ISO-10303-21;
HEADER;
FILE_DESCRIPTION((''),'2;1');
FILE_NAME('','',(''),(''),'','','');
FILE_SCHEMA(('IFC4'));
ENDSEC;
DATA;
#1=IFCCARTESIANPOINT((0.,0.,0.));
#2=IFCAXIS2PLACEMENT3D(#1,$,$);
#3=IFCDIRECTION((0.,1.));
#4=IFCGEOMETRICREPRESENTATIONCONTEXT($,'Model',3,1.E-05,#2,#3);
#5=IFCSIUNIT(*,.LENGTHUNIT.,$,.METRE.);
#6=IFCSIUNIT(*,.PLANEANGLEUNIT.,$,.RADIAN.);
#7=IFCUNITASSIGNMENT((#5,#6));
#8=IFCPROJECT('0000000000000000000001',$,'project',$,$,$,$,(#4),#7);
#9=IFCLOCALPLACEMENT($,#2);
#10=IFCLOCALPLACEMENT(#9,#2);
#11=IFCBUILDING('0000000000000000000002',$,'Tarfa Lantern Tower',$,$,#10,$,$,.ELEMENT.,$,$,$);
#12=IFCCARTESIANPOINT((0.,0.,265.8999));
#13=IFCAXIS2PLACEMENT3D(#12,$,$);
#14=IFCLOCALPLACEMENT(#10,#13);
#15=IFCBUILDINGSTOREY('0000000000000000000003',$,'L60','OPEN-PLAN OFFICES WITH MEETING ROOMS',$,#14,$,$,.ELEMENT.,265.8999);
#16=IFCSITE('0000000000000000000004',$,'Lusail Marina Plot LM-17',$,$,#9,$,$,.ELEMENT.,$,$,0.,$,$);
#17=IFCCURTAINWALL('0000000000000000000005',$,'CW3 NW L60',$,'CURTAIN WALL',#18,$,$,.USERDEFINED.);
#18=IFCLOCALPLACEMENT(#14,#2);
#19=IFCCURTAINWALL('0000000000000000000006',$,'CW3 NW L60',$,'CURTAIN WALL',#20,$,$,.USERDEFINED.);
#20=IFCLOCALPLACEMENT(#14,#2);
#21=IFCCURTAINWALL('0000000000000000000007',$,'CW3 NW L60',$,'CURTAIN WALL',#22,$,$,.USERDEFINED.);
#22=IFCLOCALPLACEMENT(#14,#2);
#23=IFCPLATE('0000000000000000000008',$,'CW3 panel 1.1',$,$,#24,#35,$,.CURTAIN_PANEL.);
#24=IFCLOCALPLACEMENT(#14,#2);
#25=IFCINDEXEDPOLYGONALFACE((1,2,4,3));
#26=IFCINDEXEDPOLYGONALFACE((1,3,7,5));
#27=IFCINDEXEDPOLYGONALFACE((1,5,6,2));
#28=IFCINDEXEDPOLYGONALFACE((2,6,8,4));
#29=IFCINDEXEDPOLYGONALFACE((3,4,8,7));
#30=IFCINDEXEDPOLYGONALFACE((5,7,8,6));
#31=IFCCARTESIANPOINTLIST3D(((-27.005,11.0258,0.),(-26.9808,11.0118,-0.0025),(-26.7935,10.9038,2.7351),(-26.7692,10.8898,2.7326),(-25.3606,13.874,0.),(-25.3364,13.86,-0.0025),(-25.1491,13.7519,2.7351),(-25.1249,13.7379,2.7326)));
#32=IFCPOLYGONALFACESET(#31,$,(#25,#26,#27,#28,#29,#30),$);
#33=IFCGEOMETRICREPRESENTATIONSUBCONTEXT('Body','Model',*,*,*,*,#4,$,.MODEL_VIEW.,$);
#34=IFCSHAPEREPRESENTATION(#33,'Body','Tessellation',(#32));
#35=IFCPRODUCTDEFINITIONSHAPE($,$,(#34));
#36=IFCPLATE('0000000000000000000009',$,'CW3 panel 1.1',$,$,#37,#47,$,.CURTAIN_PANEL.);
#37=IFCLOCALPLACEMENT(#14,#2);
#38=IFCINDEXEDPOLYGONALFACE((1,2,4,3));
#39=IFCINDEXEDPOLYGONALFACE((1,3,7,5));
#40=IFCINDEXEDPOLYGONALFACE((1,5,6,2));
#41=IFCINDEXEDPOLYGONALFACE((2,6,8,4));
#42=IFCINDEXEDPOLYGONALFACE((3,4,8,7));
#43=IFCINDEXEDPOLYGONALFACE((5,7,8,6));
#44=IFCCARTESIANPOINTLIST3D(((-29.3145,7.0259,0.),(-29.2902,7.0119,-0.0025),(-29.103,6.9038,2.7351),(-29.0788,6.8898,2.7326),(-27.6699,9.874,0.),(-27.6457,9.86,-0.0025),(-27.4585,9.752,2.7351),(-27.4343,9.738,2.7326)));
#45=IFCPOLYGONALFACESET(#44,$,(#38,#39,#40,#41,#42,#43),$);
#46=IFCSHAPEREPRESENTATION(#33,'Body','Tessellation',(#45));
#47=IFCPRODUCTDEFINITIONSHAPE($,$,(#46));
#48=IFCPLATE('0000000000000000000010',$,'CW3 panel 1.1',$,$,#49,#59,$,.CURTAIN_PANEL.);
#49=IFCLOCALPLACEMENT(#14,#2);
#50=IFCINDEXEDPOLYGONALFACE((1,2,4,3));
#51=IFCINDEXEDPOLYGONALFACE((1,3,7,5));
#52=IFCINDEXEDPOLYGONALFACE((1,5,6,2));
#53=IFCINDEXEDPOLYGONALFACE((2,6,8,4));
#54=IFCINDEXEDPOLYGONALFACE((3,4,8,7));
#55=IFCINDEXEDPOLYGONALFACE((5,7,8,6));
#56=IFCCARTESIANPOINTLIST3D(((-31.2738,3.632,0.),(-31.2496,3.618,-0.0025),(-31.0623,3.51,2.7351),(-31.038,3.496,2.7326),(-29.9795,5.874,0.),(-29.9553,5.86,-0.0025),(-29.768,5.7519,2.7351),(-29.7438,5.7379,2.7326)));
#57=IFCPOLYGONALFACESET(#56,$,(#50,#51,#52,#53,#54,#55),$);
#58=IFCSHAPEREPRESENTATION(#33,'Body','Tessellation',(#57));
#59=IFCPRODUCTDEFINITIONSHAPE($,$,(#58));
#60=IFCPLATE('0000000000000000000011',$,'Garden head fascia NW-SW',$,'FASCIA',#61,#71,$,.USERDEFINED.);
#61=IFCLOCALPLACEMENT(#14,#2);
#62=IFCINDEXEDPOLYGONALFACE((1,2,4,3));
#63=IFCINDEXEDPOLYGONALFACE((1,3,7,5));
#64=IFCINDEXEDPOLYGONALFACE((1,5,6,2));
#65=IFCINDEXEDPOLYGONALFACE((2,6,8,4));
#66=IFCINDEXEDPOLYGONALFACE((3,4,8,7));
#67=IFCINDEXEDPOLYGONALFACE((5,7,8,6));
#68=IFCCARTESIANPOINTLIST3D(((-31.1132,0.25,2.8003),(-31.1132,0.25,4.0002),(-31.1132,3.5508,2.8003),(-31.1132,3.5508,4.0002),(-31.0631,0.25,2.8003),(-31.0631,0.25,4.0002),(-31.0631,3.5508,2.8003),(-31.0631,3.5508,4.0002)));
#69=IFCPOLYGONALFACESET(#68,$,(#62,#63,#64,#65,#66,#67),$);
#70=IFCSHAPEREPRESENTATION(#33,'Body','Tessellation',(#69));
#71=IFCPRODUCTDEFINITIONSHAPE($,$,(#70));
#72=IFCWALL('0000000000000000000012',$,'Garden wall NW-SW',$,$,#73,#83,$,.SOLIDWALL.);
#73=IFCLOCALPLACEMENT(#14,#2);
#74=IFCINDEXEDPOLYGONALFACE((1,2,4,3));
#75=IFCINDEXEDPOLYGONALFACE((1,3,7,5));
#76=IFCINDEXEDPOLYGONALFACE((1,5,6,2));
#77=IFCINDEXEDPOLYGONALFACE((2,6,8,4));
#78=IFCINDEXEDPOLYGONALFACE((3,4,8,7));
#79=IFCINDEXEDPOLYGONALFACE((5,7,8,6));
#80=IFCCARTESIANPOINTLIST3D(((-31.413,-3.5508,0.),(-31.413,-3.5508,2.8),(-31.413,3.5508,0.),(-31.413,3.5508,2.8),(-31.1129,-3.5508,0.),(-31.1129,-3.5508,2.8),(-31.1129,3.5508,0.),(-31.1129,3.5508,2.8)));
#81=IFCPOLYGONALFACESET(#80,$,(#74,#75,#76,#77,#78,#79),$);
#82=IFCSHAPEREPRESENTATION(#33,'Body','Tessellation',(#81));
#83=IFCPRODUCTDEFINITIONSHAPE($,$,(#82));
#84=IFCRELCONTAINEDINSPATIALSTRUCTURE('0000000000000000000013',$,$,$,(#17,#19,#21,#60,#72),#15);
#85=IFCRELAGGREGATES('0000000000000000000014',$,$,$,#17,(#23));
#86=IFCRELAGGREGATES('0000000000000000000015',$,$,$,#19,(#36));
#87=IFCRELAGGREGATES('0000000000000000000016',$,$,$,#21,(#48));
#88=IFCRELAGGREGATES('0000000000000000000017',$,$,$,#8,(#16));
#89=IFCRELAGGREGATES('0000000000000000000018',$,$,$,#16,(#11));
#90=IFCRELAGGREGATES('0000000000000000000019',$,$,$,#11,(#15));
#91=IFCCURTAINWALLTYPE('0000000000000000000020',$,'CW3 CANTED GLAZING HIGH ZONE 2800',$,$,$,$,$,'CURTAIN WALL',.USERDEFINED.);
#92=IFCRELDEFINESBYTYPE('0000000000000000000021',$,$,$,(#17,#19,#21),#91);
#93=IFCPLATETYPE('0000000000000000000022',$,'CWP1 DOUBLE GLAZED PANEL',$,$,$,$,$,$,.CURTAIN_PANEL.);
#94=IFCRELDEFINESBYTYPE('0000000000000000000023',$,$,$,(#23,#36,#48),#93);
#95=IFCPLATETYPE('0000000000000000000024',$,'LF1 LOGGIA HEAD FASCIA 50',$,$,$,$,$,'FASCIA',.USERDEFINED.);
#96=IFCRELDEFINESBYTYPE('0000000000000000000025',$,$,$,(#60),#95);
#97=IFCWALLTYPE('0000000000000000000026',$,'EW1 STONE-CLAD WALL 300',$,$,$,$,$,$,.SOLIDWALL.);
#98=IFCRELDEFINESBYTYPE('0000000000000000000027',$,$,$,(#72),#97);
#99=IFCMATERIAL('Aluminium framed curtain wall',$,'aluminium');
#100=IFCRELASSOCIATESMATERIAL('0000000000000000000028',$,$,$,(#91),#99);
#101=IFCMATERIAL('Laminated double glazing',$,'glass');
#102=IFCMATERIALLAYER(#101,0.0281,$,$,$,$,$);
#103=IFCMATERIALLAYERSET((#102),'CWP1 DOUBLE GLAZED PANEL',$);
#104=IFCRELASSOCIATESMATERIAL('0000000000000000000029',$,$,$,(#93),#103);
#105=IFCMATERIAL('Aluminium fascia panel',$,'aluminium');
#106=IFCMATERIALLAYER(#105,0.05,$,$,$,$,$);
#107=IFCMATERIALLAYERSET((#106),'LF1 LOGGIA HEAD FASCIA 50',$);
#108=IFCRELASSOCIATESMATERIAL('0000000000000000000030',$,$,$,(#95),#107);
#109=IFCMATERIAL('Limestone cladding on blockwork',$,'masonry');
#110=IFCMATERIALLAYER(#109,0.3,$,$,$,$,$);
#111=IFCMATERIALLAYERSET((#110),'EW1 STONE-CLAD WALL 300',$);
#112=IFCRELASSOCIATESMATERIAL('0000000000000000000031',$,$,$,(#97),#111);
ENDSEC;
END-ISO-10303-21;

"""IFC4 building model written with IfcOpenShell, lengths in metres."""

from ifc_helpers import new_model, si_unit, direction, frame, frame_2d, origin, origin_2d, place, context, subcontext, project, spatial, polyline, rectangle, outline, extrude, material, layer, layer_set, type_object, element, aggregate, save


model = new_model("IFC4")

# Units and contexts
model_context = context("Model", 3, precision=1e-05, world=origin(), true_north=direction((0.0, 1.0)))
body_context = subcontext(model_context, "Body", "Model", "MODEL_VIEW")
ifc_project = project(units=[si_unit("LENGTHUNIT", "METRE"), si_unit("PLANEANGLEUNIT", "RADIAN")], contexts=[model_context])

# Site, building, storey
site_placement = place(None, origin())
site = spatial("IfcSite", under=ifc_project, at=site_placement, Name="Lusail Marina Plot LM-17", CompositionType="ELEMENT", RefElevation=0.0)
building_placement = place(site_placement, origin())
building = spatial("IfcBuilding", under=site, at=building_placement, Name="Tarfa Lantern Tower", CompositionType="ELEMENT")
storey_placement = place(building_placement, frame((0.0, 0.0, 265.8999)))
storey = spatial("IfcBuildingStorey", under=building, at=storey_placement, Name="L60", Description="OPEN-PLAN OFFICES WITH MEETING ROOMS", CompositionType="ELEMENT", Elevation=265.8999)

# Curtain wall
ifc_material_1 = material(Name="Aluminium framed curtain wall", Category="aluminium")
curtain_wall_type = type_object("IfcCurtainWallType", Name="CW3 CANTED GLAZING HIGH ZONE 2800", ElementType="CURTAIN WALL", PredefinedType="USERDEFINED", material=ifc_material_1)
curtain_wall_1_placement = place(storey_placement, origin())
curtain_wall_1 = element("IfcCurtainWall", 1, at=curtain_wall_1_placement, inside=storey, type_object=curtain_wall_type, Name="CW3 NW L60", ObjectType="CURTAIN WALL", PredefinedType="USERDEFINED")

# Curtain walls
curtain_wall_2_placement = place(storey_placement, origin())
curtain_wall_2 = element("IfcCurtainWall", 2, at=curtain_wall_2_placement, inside=storey, type_object=curtain_wall_type, Name="CW3 NW L60", ObjectType="CURTAIN WALL", PredefinedType="USERDEFINED")
curtain_wall_3_placement = place(storey_placement, origin())
curtain_wall_3 = element("IfcCurtainWall", 3, at=curtain_wall_3_placement, inside=storey, type_object=curtain_wall_type, Name="CW3 NW L60", ObjectType="CURTAIN WALL", PredefinedType="USERDEFINED")

# Plates
ifc_material_2 = material(Name="Laminated double glazing", Category="glass")
ifc_layer_1 = layer(ifc_material_2, 0.0281)
ifc_layer_set_1 = layer_set([ifc_layer_1], Name="CWP1 DOUBLE GLAZED PANEL")
plate_type_1 = type_object("IfcPlateType", Name="CWP1 DOUBLE GLAZED PANEL", PredefinedType="CURTAIN_PANEL", material=ifc_layer_set_1)
plate_1_placement = place(storey_placement, frame((-25.3606, 13.874, 0.0), z_axis=(-0.862589, 0.498026, 0.088945), x_axis=(-0.500008, -0.866021, -0.000003)))
plate_1 = element("IfcPlate", 4, at=plate_1_placement, type_object=plate_type_1, Name="CW3 panel 1.1", PredefinedType="CURTAIN_PANEL", context=body_context, shape_type="SweptSolid", body=[
    extrude(outline(polyline([(0.0, 0.0), (3.2888, 0.0), (3.2887, 2.746), (0.0, 2.746), (0.0, 0.0)])), origin(), (0.0, 0.0, -1.0), 0.0281),
])
aggregate(curtain_wall_1, [plate_1])
plate_2_placement = place(storey_placement, frame((-27.6699, 9.874, 0.0), z_axis=(-0.862576, 0.498055, 0.088906), x_axis=(-0.500035, -0.866005, 0.0)))
plate_2 = element("IfcPlate", 5, at=plate_2_placement, type_object=plate_type_1, Name="CW3 panel 1.1", PredefinedType="CURTAIN_PANEL", context=body_context, shape_type="SweptSolid", body=[
    extrude(outline(polyline([(0.0, 0.0), (3.2888, 0.0), (3.2888, 2.746), (0.0, 2.746), (0.0, 0.0)])), origin(), (0.0, 0.0, -1.0), 0.0281),
])
aggregate(curtain_wall_2, [plate_2])
plate_3_placement = place(storey_placement, frame((-29.9795, 5.874, 0.0), z_axis=(-0.862605, 0.497997, 0.088945), x_axis=(-0.499979, -0.866038, -0.000004)))
plate_3 = element("IfcPlate", 6, at=plate_3_placement, type_object=plate_type_1, Name="CW3 panel 1.1", PredefinedType="CURTAIN_PANEL", context=body_context, shape_type="SweptSolid", body=[
    extrude(outline(polyline([(0.0, 0.0), (2.5888, 0.0), (2.5887, 2.746), (0.0, 2.746), (0.0, 0.0)])), origin(), (0.0, 0.0, -1.0), 0.0281),
])
aggregate(curtain_wall_3, [plate_3])
ifc_material_3 = material(Name="Aluminium fascia panel", Category="aluminium")
ifc_layer_2 = layer(ifc_material_3, 0.05)
ifc_layer_set_2 = layer_set([ifc_layer_2], Name="LF1 LOGGIA HEAD FASCIA 50")
plate_type_2 = type_object("IfcPlateType", Name="LF1 LOGGIA HEAD FASCIA 50", ElementType="FASCIA", PredefinedType="USERDEFINED", material=ifc_layer_set_2)
plate_4_placement = place(storey_placement, frame((-31.0881, 1.9004, 2.8003), z_axis=(0.0, 0.0, 1.0), x_axis=(0.0, -1.0, 0.0)))
element("IfcPlate", 7, at=plate_4_placement, inside=storey, type_object=plate_type_2, Name="Garden head fascia NW-SW", ObjectType="FASCIA", PredefinedType="USERDEFINED", context=body_context, shape_type="SweptSolid", body=[
    extrude(rectangle(XDim=3.3008, YDim=0.05, at=origin_2d()), origin(), (0.0, 0.0, 1.0), 1.2),
])

# Wall
ifc_material_4 = material(Name="Limestone cladding on blockwork", Category="masonry")
ifc_layer_3 = layer(ifc_material_4, 0.3)
ifc_layer_set_3 = layer_set([ifc_layer_3], Name="EW1 STONE-CLAD WALL 300")
wall_type = type_object("IfcWallType", Name="EW1 STONE-CLAD WALL 300", PredefinedType="SOLIDWALL", material=ifc_layer_set_3)
wall_placement = place(storey_placement, frame((-31.2629, 3.5508, 0.0), z_axis=(0.0, 0.0, 1.0), x_axis=(0.0, -1.0, 0.0)))
element("IfcWall", 8, at=wall_placement, inside=storey, type_object=wall_type, Name="Garden wall NW-SW", PredefinedType="SOLIDWALL", context=body_context, shape_type="SweptSolid", body=[
    extrude(rectangle(XDim=7.1016, YDim=0.3, at=frame_2d((3.5508, 0.0))), origin(), (0.0, 0.0, 1.0), 2.8),
])

save(model, "model.ifc")
